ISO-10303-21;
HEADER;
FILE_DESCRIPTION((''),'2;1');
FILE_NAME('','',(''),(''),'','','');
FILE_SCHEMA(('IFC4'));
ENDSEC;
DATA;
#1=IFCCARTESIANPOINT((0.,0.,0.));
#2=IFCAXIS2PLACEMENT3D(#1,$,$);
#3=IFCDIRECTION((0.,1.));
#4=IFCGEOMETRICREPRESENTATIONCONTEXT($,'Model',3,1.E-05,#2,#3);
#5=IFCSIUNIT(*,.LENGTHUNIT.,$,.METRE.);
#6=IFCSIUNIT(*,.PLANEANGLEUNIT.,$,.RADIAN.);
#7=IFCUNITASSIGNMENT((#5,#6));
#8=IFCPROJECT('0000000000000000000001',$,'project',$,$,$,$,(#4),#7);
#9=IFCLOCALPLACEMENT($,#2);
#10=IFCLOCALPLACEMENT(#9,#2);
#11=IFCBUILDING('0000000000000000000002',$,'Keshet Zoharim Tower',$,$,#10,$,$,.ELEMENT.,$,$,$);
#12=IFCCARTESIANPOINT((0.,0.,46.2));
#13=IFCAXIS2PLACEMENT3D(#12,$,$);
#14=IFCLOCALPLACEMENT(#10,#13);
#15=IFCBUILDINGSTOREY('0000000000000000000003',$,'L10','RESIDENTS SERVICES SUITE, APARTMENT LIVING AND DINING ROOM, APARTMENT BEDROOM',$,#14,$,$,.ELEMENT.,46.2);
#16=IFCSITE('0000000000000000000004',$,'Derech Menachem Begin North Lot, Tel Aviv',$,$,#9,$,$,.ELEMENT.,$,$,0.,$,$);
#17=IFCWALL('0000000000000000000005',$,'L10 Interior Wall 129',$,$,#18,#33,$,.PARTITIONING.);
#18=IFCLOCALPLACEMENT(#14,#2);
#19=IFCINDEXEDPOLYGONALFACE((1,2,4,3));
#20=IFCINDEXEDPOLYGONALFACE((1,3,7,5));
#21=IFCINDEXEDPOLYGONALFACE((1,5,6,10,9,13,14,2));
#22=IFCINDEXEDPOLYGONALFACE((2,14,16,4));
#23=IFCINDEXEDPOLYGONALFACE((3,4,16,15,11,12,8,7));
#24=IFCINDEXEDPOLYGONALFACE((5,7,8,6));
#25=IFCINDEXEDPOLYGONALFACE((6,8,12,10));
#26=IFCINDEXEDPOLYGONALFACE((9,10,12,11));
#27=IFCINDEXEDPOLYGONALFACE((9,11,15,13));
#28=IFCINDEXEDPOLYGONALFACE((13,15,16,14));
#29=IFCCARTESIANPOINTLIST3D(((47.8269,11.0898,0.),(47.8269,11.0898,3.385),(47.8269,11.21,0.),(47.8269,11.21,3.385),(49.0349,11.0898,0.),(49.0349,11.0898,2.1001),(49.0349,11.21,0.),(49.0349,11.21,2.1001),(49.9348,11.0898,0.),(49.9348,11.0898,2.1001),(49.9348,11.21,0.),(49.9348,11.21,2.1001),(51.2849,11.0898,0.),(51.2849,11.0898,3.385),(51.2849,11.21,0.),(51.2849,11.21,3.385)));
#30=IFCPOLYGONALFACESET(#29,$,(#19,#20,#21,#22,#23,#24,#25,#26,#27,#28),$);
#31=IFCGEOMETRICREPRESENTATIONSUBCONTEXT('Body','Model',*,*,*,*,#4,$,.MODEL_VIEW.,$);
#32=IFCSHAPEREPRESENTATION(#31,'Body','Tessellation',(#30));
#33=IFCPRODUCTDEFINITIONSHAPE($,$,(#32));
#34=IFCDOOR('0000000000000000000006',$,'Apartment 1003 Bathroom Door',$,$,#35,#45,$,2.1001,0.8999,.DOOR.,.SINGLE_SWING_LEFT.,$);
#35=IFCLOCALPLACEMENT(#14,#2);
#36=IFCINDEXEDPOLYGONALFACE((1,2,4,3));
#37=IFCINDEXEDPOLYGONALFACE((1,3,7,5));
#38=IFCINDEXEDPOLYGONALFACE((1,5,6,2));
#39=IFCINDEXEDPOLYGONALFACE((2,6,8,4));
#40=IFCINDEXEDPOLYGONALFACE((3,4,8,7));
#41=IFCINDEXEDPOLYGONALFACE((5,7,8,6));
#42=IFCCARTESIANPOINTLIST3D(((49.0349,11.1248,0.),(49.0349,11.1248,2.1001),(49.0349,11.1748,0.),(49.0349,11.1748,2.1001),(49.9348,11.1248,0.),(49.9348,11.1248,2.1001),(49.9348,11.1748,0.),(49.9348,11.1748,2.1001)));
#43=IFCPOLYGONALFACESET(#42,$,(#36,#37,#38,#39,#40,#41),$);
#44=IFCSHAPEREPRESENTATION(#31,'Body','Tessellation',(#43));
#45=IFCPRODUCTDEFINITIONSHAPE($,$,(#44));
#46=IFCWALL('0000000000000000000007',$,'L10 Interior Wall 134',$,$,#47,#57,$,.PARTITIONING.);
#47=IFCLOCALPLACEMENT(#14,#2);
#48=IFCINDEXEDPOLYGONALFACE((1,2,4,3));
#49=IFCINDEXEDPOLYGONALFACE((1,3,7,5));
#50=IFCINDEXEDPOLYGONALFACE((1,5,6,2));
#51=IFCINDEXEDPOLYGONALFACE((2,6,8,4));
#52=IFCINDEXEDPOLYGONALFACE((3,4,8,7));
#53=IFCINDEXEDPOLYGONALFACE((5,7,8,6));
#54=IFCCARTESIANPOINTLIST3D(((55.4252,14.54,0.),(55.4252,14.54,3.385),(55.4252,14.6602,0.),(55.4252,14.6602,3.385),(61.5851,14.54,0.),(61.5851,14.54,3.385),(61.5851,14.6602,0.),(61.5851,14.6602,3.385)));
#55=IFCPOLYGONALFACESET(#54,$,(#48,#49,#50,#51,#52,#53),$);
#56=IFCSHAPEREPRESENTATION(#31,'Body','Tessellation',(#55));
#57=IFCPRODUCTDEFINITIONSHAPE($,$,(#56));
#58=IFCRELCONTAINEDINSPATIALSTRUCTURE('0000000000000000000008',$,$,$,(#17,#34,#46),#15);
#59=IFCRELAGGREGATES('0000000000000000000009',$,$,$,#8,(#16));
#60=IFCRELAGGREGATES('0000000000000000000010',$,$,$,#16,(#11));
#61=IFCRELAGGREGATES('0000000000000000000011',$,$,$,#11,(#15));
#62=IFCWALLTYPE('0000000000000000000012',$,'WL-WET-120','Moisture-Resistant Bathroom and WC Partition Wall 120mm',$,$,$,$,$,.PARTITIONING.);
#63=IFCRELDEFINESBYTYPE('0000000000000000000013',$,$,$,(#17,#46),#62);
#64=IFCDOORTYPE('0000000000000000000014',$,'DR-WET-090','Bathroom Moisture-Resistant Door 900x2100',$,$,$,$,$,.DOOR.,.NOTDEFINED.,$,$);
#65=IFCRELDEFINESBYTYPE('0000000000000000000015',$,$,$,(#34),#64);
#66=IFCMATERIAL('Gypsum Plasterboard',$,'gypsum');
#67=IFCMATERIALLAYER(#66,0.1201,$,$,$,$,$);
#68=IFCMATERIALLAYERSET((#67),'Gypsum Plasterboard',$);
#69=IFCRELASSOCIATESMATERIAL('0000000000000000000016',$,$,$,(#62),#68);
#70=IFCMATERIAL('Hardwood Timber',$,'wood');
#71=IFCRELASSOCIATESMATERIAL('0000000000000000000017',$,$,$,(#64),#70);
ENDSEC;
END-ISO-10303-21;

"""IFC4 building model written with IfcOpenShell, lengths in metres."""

from ifc_helpers import new_model, si_unit, direction, frame, frame_2d, origin, place, context, subcontext, project, spatial, rectangle, extrude, material, layer, layer_set, type_object, element, fill, save


model = new_model("IFC4")

# Units and contexts
model_context = context("Model", 3, precision=1e-05, world=origin(), true_north=direction((0.0, 1.0)))
body_context = subcontext(model_context, "Body", "Model", "MODEL_VIEW")
ifc_project = project(units=[si_unit("LENGTHUNIT", "METRE"), si_unit("PLANEANGLEUNIT", "RADIAN")], contexts=[model_context])

# Site, building, storey
site_placement = place(None, origin())
site = spatial("IfcSite", under=ifc_project, at=site_placement, Name="Derech Menachem Begin North Lot, Tel Aviv", CompositionType="ELEMENT", RefElevation=0.0)
building_placement = place(site_placement, origin())
building = spatial("IfcBuilding", under=site, at=building_placement, Name="Keshet Zoharim Tower", CompositionType="ELEMENT")
storey_placement = place(building_placement, frame((0.0, 0.0, 46.2)))
storey = spatial("IfcBuildingStorey", under=building, at=storey_placement, Name="L10", Description="RESIDENTS SERVICES SUITE, APARTMENT LIVING AND DINING ROOM, APARTMENT BEDROOM", CompositionType="ELEMENT", Elevation=46.2)

# Shared definitions
ifc_material_1 = material(Name="Gypsum Plasterboard", Category="gypsum")

# Shared definitions
ifc_material_2 = material(Name="Hardwood Timber", Category="wood")

# Shared definitions
ifc_layer_1 = layer(ifc_material_1, 0.1201)
ifc_layer_set_1 = layer_set([ifc_layer_1], Name="Gypsum Plasterboard")
wall_type_1 = type_object("IfcWallType", Name="WL-WET-120", Description="Moisture-Resistant Bathroom and WC Partition Wall 120mm", PredefinedType="PARTITIONING", material=ifc_layer_set_1)

# Wall, opening, door
door_type_1 = type_object("IfcDoorType", Name="DR-WET-090", Description="Bathroom Moisture-Resistant Door 900x2100", OperationType="NOTDEFINED", PredefinedType="DOOR", material=ifc_material_2)
wall_1_placement = place(storey_placement, frame((47.8269, 11.1499, 0.0), z_axis=(0.0, 0.0, 1.0), x_axis=(1.0, 0.0, 0.0)))
wall_1 = element("IfcWall", 1, at=wall_1_placement, inside=storey, type_object=wall_type_1, Name="L10 Interior Wall 129", PredefinedType="PARTITIONING", context=body_context, shape_type="SweptSolid", body=[
    extrude(rectangle(XDim=3.458, YDim=0.1201, at=frame_2d((1.729, 0.0))), origin(), (0.0, 0.0, 1.0), 3.385),
])
opening_1_placement = place(wall_1_placement, frame((1.208, 0.0, 0.0)))
opening_1 = element("IfcOpeningElement", 2, at=opening_1_placement, cuts=wall_1, PredefinedType="OPENING", context=body_context, shape_type="SweptSolid", body=[
    extrude(rectangle(XDim=0.8999, YDim=2.1001, at=frame_2d((0.45, 1.05))), frame((0.0, 0.0701, 0.0), z_axis=(0.0, -1.0, 0.0), x_axis=(1.0, 0.0, 0.0)), (0.0, 0.0, 1.0), 0.1401),
])
door_1_placement = place(opening_1_placement, origin())
door_1 = element("IfcDoor", 3, at=door_1_placement, inside=storey, type_object=door_type_1, Name="Apartment 1003 Bathroom Door", OperationType="SINGLE_SWING_LEFT", OverallHeight=2.1001, OverallWidth=0.8999, PredefinedType="DOOR", context=body_context, shape_type="SweptSolid", body=[
    extrude(rectangle(XDim=0.8999, YDim=2.1001, at=frame_2d((0.45, 1.05))), frame((0.0, 0.0249, 0.0), z_axis=(0.0, -1.0, 0.0), x_axis=(1.0, 0.0, 0.0)), (0.0, 0.0, 1.0), 0.05),
])
fill(opening_1, door_1)

# Wall
wall_2_placement = place(storey_placement, frame((55.425, 14.6001, 0.0), z_axis=(0.0, 0.0, 1.0), x_axis=(1.0, 0.0, 0.0)))
element("IfcWall", 4, at=wall_2_placement, inside=storey, type_object=wall_type_1, Name="L10 Interior Wall 134", PredefinedType="PARTITIONING", context=body_context, shape_type="SweptSolid", body=[
    extrude(rectangle(XDim=6.1599, YDim=0.1201, at=frame_2d((3.0801, 0.0))), origin(), (0.0, 0.0, 1.0), 3.385),
])

save(model, "model.ifc")
